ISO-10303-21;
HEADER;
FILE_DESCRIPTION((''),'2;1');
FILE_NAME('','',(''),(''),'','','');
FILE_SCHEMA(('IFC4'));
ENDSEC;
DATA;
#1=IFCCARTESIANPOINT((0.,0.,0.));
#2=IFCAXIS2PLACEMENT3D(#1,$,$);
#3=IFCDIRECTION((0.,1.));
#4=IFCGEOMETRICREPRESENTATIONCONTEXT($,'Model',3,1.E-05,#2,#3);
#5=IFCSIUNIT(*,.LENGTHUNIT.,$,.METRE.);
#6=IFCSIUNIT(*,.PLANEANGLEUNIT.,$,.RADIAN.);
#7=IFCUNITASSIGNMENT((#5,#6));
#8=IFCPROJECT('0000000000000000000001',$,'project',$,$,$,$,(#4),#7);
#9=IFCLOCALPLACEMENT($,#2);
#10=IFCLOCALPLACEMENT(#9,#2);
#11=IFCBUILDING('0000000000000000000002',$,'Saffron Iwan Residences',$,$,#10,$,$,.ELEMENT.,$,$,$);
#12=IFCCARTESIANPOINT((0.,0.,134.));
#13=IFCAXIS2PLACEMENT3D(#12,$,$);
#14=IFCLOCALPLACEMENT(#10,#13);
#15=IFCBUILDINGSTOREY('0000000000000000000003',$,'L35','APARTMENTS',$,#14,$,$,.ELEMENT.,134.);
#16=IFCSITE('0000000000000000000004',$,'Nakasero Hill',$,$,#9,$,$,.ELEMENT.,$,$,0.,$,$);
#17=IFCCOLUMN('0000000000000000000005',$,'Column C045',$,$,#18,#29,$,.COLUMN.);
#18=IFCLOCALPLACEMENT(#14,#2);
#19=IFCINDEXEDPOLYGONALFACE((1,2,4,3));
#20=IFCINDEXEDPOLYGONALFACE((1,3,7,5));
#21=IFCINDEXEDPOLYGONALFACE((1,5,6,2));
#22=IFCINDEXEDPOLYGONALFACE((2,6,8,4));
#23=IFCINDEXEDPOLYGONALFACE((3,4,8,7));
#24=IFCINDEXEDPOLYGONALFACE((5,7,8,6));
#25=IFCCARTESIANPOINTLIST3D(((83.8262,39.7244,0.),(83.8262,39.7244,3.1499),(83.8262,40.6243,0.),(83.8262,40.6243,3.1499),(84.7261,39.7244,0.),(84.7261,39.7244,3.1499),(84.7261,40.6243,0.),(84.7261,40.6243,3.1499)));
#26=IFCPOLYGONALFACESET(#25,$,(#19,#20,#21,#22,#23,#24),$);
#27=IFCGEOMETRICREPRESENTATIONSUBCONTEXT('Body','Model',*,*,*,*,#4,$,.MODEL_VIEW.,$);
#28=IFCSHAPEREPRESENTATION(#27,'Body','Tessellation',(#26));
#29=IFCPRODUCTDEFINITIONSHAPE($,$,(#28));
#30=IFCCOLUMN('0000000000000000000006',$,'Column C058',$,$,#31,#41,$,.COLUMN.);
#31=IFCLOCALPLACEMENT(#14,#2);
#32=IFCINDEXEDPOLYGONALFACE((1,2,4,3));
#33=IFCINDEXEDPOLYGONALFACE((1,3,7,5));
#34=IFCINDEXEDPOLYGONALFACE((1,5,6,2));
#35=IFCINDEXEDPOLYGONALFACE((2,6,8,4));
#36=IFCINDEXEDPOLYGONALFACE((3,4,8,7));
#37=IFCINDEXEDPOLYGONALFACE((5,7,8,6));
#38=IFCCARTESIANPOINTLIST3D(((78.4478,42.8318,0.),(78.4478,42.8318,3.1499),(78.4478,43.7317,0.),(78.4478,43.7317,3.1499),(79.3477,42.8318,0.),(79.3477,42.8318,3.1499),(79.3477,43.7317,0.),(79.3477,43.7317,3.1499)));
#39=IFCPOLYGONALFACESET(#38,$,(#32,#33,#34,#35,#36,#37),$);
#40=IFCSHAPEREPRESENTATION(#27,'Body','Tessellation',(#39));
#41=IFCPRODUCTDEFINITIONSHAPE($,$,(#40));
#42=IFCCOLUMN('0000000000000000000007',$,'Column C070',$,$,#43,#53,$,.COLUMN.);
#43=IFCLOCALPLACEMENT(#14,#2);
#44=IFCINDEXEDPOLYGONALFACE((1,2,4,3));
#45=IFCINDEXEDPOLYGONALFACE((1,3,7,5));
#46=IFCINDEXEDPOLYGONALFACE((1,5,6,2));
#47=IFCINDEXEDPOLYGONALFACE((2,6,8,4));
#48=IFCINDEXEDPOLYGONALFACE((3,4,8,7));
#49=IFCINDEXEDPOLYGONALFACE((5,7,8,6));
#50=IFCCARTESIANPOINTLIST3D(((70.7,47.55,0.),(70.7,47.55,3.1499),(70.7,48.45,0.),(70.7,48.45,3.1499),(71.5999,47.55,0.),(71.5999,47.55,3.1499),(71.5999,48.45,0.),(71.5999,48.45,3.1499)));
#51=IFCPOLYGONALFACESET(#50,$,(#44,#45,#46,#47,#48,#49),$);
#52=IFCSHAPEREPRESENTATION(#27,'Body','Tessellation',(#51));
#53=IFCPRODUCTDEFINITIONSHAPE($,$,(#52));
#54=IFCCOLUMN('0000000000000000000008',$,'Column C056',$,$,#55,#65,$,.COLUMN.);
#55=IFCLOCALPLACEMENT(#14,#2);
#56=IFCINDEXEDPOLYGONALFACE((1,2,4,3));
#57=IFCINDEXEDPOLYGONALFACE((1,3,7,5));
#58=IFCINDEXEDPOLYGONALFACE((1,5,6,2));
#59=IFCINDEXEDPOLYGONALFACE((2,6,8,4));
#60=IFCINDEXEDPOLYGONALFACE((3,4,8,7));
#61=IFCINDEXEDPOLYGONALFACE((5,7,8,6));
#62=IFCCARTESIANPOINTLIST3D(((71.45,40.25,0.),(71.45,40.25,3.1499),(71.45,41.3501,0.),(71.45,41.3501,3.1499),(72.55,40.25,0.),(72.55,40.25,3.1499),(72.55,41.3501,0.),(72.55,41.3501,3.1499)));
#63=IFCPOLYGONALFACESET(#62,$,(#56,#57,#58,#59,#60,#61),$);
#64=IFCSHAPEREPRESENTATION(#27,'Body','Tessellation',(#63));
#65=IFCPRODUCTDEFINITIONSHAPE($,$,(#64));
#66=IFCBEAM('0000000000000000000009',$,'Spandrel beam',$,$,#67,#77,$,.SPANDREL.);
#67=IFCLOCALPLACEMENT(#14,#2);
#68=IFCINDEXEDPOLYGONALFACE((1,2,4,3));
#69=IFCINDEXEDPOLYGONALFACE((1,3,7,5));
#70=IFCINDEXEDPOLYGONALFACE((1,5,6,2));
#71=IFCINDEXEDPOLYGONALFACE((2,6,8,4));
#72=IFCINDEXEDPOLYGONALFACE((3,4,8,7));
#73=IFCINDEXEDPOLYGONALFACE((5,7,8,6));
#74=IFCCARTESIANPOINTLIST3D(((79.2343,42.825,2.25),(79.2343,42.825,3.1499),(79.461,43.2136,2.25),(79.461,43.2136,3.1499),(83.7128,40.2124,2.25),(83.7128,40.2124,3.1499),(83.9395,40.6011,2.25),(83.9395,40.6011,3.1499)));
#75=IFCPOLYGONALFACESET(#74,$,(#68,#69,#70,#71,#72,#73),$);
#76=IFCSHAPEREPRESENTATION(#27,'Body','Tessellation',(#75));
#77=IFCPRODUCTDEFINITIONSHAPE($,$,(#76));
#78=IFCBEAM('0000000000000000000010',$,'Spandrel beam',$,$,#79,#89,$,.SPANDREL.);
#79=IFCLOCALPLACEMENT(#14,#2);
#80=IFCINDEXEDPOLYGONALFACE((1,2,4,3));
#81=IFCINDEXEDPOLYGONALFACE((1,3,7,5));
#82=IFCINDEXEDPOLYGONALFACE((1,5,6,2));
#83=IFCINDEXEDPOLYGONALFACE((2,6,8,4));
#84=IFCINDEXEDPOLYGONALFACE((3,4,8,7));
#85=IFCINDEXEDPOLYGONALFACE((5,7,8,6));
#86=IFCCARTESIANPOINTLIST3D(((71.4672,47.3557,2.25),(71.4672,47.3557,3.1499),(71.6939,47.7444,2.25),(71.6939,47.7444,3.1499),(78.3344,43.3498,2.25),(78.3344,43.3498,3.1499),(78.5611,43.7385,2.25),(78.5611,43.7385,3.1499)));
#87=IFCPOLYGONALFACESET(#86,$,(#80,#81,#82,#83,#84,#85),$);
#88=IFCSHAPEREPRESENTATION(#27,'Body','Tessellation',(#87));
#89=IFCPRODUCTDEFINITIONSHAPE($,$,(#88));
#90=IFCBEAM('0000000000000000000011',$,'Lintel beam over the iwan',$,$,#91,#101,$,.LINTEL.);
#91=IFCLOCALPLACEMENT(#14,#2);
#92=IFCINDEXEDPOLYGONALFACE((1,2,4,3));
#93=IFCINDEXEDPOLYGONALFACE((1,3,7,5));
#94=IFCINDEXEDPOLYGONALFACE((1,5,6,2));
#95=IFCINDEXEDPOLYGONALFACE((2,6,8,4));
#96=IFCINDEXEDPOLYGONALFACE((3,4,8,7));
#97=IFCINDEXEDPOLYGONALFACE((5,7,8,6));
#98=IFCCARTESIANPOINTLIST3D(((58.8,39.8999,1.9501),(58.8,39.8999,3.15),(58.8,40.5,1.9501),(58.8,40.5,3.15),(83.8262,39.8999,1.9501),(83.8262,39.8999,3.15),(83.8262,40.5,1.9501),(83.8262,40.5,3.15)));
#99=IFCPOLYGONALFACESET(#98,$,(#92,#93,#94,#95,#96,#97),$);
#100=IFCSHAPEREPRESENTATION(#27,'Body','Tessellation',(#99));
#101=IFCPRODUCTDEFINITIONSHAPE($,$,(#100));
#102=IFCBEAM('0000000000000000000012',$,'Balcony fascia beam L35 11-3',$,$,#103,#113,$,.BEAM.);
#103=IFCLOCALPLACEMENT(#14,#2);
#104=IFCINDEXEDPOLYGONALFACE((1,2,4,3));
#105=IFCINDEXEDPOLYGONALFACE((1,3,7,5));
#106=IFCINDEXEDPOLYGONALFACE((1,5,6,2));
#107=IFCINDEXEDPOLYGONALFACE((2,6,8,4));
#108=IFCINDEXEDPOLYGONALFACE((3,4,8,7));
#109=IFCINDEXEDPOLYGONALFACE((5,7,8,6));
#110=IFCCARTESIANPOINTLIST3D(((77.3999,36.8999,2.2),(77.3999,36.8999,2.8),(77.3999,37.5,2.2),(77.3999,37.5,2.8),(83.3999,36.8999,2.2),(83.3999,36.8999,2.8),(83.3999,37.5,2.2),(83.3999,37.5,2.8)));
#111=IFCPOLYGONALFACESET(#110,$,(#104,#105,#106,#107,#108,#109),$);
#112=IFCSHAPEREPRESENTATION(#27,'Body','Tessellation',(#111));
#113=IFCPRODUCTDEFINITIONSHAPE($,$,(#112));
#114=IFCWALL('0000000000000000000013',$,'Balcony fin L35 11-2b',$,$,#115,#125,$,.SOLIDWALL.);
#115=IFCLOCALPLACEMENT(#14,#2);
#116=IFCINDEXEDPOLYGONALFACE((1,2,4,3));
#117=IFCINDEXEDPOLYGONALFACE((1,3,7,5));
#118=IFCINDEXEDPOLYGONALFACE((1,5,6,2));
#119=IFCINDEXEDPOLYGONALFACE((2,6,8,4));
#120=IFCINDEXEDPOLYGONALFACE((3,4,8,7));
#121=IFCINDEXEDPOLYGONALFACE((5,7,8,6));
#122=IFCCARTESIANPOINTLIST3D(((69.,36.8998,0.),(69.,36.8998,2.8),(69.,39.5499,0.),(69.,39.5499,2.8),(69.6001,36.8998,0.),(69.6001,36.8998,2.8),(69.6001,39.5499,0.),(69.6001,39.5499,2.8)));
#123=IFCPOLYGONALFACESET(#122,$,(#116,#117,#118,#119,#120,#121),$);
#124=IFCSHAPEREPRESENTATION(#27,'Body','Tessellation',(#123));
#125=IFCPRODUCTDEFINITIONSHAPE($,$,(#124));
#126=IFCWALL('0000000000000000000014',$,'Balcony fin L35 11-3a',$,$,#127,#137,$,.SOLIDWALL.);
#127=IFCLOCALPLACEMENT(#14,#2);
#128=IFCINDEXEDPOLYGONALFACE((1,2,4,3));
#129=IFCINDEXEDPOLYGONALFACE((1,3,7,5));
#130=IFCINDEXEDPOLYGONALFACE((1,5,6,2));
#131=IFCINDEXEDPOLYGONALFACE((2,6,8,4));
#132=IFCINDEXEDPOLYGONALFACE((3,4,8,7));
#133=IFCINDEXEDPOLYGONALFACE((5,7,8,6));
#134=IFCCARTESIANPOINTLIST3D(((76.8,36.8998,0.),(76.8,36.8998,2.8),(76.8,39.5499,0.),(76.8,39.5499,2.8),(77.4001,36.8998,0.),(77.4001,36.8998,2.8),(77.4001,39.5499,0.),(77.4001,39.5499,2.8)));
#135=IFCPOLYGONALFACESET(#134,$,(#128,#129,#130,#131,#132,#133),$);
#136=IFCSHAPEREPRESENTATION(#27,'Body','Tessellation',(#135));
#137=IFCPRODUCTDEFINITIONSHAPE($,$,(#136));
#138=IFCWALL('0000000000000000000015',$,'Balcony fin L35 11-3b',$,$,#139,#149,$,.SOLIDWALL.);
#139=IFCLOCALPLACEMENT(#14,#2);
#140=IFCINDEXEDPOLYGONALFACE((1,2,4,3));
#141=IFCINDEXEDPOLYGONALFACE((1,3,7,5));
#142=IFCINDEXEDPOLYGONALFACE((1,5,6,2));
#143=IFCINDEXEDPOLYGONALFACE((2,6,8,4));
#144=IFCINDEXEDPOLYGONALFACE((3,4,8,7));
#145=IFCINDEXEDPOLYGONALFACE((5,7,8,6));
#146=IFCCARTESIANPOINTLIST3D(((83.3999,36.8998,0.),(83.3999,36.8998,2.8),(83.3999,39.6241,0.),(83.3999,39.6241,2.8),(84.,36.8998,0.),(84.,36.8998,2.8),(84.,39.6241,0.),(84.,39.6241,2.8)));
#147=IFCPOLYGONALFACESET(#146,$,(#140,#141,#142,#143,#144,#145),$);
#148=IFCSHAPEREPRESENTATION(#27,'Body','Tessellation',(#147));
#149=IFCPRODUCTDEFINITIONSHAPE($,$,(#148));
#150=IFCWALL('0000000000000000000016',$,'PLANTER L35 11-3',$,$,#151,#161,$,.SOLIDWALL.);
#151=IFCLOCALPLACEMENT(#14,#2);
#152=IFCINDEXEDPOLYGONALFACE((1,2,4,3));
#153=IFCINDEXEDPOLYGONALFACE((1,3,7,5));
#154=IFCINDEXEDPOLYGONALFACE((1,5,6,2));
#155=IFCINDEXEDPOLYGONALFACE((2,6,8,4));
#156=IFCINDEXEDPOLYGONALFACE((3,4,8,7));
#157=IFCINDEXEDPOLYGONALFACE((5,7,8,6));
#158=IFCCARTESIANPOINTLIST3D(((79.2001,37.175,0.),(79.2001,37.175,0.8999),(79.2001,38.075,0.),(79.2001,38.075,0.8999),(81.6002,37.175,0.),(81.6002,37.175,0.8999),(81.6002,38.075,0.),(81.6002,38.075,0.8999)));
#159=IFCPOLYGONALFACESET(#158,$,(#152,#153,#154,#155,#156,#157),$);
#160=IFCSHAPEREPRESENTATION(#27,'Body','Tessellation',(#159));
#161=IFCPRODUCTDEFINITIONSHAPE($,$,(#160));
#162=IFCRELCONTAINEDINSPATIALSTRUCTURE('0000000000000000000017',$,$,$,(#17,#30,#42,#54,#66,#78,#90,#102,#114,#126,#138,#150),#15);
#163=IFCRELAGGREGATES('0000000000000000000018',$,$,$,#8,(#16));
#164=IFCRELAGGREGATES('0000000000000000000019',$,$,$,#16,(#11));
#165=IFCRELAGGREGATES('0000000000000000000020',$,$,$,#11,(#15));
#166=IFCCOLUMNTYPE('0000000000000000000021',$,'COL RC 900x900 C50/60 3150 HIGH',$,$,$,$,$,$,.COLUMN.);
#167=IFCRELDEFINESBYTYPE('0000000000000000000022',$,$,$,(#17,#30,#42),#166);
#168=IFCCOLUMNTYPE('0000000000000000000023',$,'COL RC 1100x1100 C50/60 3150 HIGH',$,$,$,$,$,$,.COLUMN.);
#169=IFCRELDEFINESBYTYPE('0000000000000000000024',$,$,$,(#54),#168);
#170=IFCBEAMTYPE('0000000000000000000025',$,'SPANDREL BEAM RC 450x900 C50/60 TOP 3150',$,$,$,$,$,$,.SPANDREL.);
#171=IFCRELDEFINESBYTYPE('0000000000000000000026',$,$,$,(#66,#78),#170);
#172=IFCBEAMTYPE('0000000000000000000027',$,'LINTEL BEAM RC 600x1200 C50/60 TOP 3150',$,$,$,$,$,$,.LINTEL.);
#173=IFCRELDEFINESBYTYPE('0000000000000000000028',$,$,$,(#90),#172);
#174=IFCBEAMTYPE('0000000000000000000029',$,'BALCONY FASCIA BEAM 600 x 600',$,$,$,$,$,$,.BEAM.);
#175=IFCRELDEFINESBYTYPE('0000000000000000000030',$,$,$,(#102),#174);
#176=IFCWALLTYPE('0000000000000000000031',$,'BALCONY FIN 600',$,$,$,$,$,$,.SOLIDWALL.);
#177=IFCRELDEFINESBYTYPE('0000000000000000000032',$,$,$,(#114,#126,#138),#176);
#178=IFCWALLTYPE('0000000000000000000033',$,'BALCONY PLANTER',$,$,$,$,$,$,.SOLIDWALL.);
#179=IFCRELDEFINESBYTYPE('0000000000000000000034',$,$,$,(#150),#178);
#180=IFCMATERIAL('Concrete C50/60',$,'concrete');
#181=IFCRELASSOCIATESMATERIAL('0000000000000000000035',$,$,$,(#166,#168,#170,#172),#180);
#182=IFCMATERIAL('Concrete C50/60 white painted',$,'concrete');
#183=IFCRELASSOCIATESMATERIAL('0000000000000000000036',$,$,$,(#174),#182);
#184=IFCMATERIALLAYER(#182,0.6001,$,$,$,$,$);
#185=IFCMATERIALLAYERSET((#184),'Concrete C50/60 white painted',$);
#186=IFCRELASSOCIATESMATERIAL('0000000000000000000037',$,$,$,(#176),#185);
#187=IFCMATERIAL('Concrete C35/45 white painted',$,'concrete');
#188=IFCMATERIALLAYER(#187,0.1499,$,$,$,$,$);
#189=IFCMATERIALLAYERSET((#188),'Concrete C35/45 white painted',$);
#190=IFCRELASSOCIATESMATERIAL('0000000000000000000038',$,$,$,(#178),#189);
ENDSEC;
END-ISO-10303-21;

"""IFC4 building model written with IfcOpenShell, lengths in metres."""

from ifc_helpers import new_model, si_unit, direction, frame, frame_2d, origin, origin_2d, place, context, subcontext, project, spatial, rectangle, extrude, source, transform, mapped, material, layer, layer_set, material_profile, profile_set, type_object, element, save


model = new_model("IFC4")

# Units and contexts
model_context = context("Model", 3, precision=1e-05, world=origin(), true_north=direction((0.0, 1.0)))
body_context = subcontext(model_context, "Body", "Model", "MODEL_VIEW")
ifc_project = project(units=[si_unit("LENGTHUNIT", "METRE"), si_unit("PLANEANGLEUNIT", "RADIAN")], contexts=[model_context])

# Site, building, storey
site_placement = place(None, origin())
site = spatial("IfcSite", under=ifc_project, at=site_placement, Name="Nakasero Hill", CompositionType="ELEMENT", RefElevation=0.0)
building_placement = place(site_placement, origin())
building = spatial("IfcBuilding", under=site, at=building_placement, Name="Saffron Iwan Residences", CompositionType="ELEMENT")
storey_placement = place(building_placement, frame((0.0, 0.0, 134.0)))
storey = spatial("IfcBuildingStorey", under=building, at=storey_placement, Name="L35", Description="APARTMENTS", CompositionType="ELEMENT", Elevation=134.0)

# Columns
ifc_material_1 = material(Name="Concrete C50/60", Category="concrete")
ifc_material_profile_1 = material_profile(ifc_material_1, rectangle(XDim=0.8999, YDim=0.8999, at=origin_2d()), Name="RC 900x900")
ifc_profile_set_1 = profile_set([ifc_material_profile_1], Name="Concrete C50/60")
column_type_1 = type_object("IfcColumnType", Name="COL RC 900x900 C50/60 3150 HIGH", PredefinedType="COLUMN", material=ifc_profile_set_1)
shared_shape_1 = source(origin(), body_context, "Body", "SweptSolid", [
    extrude(rectangle(XDim=0.8999, YDim=0.8999, at=origin_2d()), origin(), (0.0, 0.0, 1.0), 3.1499),
])
for number, where, z_axis, x_axis, name in (
    (1, (84.2761, 40.1743, 0.0), (0.0, 0.0, 1.0), (1.0, 0.0, 0.0), "Column C045"),
    (2, (78.8977, 43.2817, 0.0), (0.0, 0.0, 1.0), (1.0, 0.0, 0.0), "Column C058"),
    (3, (71.1499, 48.0, 0.0), (0.0, 0.0, 1.0), (1.0, 0.0, 0.0), "Column C070"),
):
    element("IfcColumn", number, at=place(storey_placement, frame(where, z_axis=z_axis, x_axis=x_axis)), inside=storey, type_object=column_type_1, Name=name, PredefinedType="COLUMN", context=body_context, shape_type="MappedRepresentation", body=[
        mapped(shared_shape_1, transform((0.0, 0.0, 0.0))),
    ])
ifc_material_profile_2 = material_profile(ifc_material_1, rectangle(XDim=1.1001, YDim=1.1001, at=origin_2d()), Name="RC 1100x1100")
ifc_profile_set_2 = profile_set([ifc_material_profile_2], Name="Concrete C50/60")
column_type_2 = type_object("IfcColumnType", Name="COL RC 1100x1100 C50/60 3150 HIGH", PredefinedType="COLUMN", material=ifc_profile_set_2)
shared_shape_2 = source(origin(), body_context, "Body", "SweptSolid", [
    extrude(rectangle(XDim=1.1001, YDim=1.1001, at=origin_2d()), origin(), (0.0, 0.0, 1.0), 3.1499),
])
column_placement = place(storey_placement, frame((72.0, 40.8, 0.0), z_axis=(0.0, 0.0, 1.0), x_axis=(1.0, 0.0, 0.0)))
element("IfcColumn", 4, at=column_placement, inside=storey, type_object=column_type_2, Name="Column C056", PredefinedType="COLUMN", context=body_context, shape_type="MappedRepresentation", body=[
    mapped(shared_shape_2, transform((0.0, 0.0, 0.0))),
])

# Beams
ifc_material_profile_3 = material_profile(ifc_material_1, rectangle(XDim=0.45, YDim=0.8999, at=origin_2d()), Name="RC 450x900")
ifc_profile_set_3 = profile_set([ifc_material_profile_3], Name="Concrete C50/60")
beam_type_1 = type_object("IfcBeamType", Name="SPANDREL BEAM RC 450x900 C50/60 TOP 3150", PredefinedType="SPANDREL", material=ifc_profile_set_3)
shared_shape_3 = source(origin(), body_context, "Body", "SweptSolid", [
    extrude(rectangle(XDim=0.45, YDim=0.8999, at=origin_2d()), origin(), (0.0, 0.0, 1.0), 5.1848),
])
beam_1_placement = place(storey_placement, frame((79.3477, 43.0193, 2.7), z_axis=(0.863772, -0.503883, 0.0), x_axis=(0.503883, 0.863772, 0.0)))
element("IfcBeam", 5, at=beam_1_placement, inside=storey, type_object=beam_type_1, Name="Spandrel beam", PredefinedType="SPANDREL", context=body_context, shape_type="MappedRepresentation", body=[
    mapped(shared_shape_3, transform((0.0, 0.0, 0.0))),
])
shared_shape_4 = source(origin(), body_context, "Body", "SweptSolid", [
    extrude(rectangle(XDim=0.45, YDim=0.8999, at=origin_2d()), origin(), (0.0, 0.0, 1.0), 7.9502),
])
beam_2_placement = place(storey_placement, frame((71.5806, 47.55, 2.7), z_axis=(0.863779, -0.503871, 0.0), x_axis=(0.503871, 0.863779, 0.0)))
element("IfcBeam", 6, at=beam_2_placement, inside=storey, type_object=beam_type_1, Name="Spandrel beam", PredefinedType="SPANDREL", context=body_context, shape_type="MappedRepresentation", body=[
    mapped(shared_shape_4, transform((0.0, 0.0, 0.0))),
])
ifc_material_profile_4 = material_profile(ifc_material_1, rectangle(XDim=0.6001, YDim=1.2, at=origin_2d()), Name="RC 600x1200")
ifc_profile_set_4 = profile_set([ifc_material_profile_4], Name="Concrete C50/60")
beam_type_2 = type_object("IfcBeamType", Name="LINTEL BEAM RC 600x1200 C50/60 TOP 3150", PredefinedType="LINTEL", material=ifc_profile_set_4)
shared_shape_5 = source(origin(), body_context, "Body", "SweptSolid", [
    extrude(rectangle(XDim=0.6001, YDim=1.2, at=origin_2d()), origin(), (0.0, 0.0, 1.0), 25.0261),
])
beam_3_placement = place(storey_placement, frame((83.8262, 40.2, 2.55), z_axis=(-1.0, 0.0, 0.0), x_axis=(0.0, -1.0, 0.0)))
element("IfcBeam", 7, at=beam_3_placement, inside=storey, type_object=beam_type_2, Name="Lintel beam over the iwan", PredefinedType="LINTEL", context=body_context, shape_type="MappedRepresentation", body=[
    mapped(shared_shape_5, transform((0.0, 0.0, 0.0))),
])
ifc_material_2 = material(Name="Concrete C50/60 white painted", Category="concrete")
ifc_material_profile_5 = material_profile(ifc_material_2, rectangle(XDim=0.6001, YDim=0.6001, at=origin_2d()), Name="BALCONY FASCIA BEAM 600 x 600")
ifc_profile_set_5 = profile_set([ifc_material_profile_5], Name="Concrete C50/60 white painted")
beam_type_3 = type_object("IfcBeamType", Name="BALCONY FASCIA BEAM 600 x 600", PredefinedType="BEAM", material=ifc_profile_set_5)
shared_shape_6 = source(origin(), body_context, "Body", "SweptSolid", [
    extrude(rectangle(XDim=0.6001, YDim=0.6001, at=origin_2d()), origin(), (0.0, 0.0, 1.0), 6.0),
])
beam_4_placement = place(storey_placement, frame((77.3999, 37.2, 2.5), z_axis=(1.0, 0.0, 0.0), x_axis=(0.0, 1.0, 0.0)))
element("IfcBeam", 8, at=beam_4_placement, inside=storey, type_object=beam_type_3, Name="Balcony fascia beam L35 11-3", PredefinedType="BEAM", context=body_context, shape_type="MappedRepresentation", body=[
    mapped(shared_shape_6, transform((0.0, 0.0, 0.0))),
])

# Walls
ifc_layer_1 = layer(ifc_material_2, 0.6001)
ifc_layer_set_1 = layer_set([ifc_layer_1], Name="Concrete C50/60 white painted")
wall_type_1 = type_object("IfcWallType", Name="BALCONY FIN 600", PredefinedType="SOLIDWALL", material=ifc_layer_set_1)
for number, where, z_axis, x_axis, name in (
    (9, (69.3, 39.55, 0.0), (0.0, 0.0, 1.0), (0.0, -1.0, 0.0), "Balcony fin L35 11-2b"),
    (10, (77.1001, 39.55, 0.0), (0.0, 0.0, 1.0), (0.0, -1.0, 0.0), "Balcony fin L35 11-3a"),
):
    element("IfcWall", number, at=place(storey_placement, frame(where, z_axis=z_axis, x_axis=x_axis)), inside=storey, type_object=wall_type_1, Name=name, PredefinedType="SOLIDWALL", context=body_context, shape_type="SweptSolid", body=[
        extrude(rectangle(XDim=2.6501, YDim=0.6001, at=frame_2d((1.3252, 0.0))), origin(), (0.0, 0.0, 1.0), 2.8),
    ])
wall_1_placement = place(storey_placement, frame((83.7, 39.6243, 0.0), z_axis=(0.0, 0.0, 1.0), x_axis=(0.0, -1.0, 0.0)))
element("IfcWall", 11, at=wall_1_placement, inside=storey, type_object=wall_type_1, Name="Balcony fin L35 11-3b", PredefinedType="SOLIDWALL", context=body_context, shape_type="SweptSolid", body=[
    extrude(rectangle(XDim=2.7244, YDim=0.6001, at=frame_2d((1.3623, 0.0))), origin(), (0.0, 0.0, 1.0), 2.8),
])
ifc_material_3 = material(Name="Concrete C35/45 white painted", Category="concrete")
ifc_layer_2 = layer(ifc_material_3, 0.1499)
ifc_layer_set_2 = layer_set([ifc_layer_2], Name="Concrete C35/45 white painted")
wall_type_2 = type_object("IfcWallType", Name="BALCONY PLANTER", PredefinedType="SOLIDWALL", material=ifc_layer_set_2)
wall_2_placement = place(storey_placement, frame((79.2, 37.625, 0.0), z_axis=(0.0, 0.0, 1.0), x_axis=(1.0, 0.0, 0.0)))
element("IfcWall", 12, at=wall_2_placement, inside=storey, type_object=wall_type_2, Name="PLANTER L35 11-3", PredefinedType="SOLIDWALL", context=body_context, shape_type="SweptSolid", body=[
    extrude(rectangle(XDim=2.4001, YDim=0.8999, at=frame_2d((1.2002, 0.0))), origin(), (0.0, 0.0, 1.0), 0.8999),
])

save(model, "model.ifc")
